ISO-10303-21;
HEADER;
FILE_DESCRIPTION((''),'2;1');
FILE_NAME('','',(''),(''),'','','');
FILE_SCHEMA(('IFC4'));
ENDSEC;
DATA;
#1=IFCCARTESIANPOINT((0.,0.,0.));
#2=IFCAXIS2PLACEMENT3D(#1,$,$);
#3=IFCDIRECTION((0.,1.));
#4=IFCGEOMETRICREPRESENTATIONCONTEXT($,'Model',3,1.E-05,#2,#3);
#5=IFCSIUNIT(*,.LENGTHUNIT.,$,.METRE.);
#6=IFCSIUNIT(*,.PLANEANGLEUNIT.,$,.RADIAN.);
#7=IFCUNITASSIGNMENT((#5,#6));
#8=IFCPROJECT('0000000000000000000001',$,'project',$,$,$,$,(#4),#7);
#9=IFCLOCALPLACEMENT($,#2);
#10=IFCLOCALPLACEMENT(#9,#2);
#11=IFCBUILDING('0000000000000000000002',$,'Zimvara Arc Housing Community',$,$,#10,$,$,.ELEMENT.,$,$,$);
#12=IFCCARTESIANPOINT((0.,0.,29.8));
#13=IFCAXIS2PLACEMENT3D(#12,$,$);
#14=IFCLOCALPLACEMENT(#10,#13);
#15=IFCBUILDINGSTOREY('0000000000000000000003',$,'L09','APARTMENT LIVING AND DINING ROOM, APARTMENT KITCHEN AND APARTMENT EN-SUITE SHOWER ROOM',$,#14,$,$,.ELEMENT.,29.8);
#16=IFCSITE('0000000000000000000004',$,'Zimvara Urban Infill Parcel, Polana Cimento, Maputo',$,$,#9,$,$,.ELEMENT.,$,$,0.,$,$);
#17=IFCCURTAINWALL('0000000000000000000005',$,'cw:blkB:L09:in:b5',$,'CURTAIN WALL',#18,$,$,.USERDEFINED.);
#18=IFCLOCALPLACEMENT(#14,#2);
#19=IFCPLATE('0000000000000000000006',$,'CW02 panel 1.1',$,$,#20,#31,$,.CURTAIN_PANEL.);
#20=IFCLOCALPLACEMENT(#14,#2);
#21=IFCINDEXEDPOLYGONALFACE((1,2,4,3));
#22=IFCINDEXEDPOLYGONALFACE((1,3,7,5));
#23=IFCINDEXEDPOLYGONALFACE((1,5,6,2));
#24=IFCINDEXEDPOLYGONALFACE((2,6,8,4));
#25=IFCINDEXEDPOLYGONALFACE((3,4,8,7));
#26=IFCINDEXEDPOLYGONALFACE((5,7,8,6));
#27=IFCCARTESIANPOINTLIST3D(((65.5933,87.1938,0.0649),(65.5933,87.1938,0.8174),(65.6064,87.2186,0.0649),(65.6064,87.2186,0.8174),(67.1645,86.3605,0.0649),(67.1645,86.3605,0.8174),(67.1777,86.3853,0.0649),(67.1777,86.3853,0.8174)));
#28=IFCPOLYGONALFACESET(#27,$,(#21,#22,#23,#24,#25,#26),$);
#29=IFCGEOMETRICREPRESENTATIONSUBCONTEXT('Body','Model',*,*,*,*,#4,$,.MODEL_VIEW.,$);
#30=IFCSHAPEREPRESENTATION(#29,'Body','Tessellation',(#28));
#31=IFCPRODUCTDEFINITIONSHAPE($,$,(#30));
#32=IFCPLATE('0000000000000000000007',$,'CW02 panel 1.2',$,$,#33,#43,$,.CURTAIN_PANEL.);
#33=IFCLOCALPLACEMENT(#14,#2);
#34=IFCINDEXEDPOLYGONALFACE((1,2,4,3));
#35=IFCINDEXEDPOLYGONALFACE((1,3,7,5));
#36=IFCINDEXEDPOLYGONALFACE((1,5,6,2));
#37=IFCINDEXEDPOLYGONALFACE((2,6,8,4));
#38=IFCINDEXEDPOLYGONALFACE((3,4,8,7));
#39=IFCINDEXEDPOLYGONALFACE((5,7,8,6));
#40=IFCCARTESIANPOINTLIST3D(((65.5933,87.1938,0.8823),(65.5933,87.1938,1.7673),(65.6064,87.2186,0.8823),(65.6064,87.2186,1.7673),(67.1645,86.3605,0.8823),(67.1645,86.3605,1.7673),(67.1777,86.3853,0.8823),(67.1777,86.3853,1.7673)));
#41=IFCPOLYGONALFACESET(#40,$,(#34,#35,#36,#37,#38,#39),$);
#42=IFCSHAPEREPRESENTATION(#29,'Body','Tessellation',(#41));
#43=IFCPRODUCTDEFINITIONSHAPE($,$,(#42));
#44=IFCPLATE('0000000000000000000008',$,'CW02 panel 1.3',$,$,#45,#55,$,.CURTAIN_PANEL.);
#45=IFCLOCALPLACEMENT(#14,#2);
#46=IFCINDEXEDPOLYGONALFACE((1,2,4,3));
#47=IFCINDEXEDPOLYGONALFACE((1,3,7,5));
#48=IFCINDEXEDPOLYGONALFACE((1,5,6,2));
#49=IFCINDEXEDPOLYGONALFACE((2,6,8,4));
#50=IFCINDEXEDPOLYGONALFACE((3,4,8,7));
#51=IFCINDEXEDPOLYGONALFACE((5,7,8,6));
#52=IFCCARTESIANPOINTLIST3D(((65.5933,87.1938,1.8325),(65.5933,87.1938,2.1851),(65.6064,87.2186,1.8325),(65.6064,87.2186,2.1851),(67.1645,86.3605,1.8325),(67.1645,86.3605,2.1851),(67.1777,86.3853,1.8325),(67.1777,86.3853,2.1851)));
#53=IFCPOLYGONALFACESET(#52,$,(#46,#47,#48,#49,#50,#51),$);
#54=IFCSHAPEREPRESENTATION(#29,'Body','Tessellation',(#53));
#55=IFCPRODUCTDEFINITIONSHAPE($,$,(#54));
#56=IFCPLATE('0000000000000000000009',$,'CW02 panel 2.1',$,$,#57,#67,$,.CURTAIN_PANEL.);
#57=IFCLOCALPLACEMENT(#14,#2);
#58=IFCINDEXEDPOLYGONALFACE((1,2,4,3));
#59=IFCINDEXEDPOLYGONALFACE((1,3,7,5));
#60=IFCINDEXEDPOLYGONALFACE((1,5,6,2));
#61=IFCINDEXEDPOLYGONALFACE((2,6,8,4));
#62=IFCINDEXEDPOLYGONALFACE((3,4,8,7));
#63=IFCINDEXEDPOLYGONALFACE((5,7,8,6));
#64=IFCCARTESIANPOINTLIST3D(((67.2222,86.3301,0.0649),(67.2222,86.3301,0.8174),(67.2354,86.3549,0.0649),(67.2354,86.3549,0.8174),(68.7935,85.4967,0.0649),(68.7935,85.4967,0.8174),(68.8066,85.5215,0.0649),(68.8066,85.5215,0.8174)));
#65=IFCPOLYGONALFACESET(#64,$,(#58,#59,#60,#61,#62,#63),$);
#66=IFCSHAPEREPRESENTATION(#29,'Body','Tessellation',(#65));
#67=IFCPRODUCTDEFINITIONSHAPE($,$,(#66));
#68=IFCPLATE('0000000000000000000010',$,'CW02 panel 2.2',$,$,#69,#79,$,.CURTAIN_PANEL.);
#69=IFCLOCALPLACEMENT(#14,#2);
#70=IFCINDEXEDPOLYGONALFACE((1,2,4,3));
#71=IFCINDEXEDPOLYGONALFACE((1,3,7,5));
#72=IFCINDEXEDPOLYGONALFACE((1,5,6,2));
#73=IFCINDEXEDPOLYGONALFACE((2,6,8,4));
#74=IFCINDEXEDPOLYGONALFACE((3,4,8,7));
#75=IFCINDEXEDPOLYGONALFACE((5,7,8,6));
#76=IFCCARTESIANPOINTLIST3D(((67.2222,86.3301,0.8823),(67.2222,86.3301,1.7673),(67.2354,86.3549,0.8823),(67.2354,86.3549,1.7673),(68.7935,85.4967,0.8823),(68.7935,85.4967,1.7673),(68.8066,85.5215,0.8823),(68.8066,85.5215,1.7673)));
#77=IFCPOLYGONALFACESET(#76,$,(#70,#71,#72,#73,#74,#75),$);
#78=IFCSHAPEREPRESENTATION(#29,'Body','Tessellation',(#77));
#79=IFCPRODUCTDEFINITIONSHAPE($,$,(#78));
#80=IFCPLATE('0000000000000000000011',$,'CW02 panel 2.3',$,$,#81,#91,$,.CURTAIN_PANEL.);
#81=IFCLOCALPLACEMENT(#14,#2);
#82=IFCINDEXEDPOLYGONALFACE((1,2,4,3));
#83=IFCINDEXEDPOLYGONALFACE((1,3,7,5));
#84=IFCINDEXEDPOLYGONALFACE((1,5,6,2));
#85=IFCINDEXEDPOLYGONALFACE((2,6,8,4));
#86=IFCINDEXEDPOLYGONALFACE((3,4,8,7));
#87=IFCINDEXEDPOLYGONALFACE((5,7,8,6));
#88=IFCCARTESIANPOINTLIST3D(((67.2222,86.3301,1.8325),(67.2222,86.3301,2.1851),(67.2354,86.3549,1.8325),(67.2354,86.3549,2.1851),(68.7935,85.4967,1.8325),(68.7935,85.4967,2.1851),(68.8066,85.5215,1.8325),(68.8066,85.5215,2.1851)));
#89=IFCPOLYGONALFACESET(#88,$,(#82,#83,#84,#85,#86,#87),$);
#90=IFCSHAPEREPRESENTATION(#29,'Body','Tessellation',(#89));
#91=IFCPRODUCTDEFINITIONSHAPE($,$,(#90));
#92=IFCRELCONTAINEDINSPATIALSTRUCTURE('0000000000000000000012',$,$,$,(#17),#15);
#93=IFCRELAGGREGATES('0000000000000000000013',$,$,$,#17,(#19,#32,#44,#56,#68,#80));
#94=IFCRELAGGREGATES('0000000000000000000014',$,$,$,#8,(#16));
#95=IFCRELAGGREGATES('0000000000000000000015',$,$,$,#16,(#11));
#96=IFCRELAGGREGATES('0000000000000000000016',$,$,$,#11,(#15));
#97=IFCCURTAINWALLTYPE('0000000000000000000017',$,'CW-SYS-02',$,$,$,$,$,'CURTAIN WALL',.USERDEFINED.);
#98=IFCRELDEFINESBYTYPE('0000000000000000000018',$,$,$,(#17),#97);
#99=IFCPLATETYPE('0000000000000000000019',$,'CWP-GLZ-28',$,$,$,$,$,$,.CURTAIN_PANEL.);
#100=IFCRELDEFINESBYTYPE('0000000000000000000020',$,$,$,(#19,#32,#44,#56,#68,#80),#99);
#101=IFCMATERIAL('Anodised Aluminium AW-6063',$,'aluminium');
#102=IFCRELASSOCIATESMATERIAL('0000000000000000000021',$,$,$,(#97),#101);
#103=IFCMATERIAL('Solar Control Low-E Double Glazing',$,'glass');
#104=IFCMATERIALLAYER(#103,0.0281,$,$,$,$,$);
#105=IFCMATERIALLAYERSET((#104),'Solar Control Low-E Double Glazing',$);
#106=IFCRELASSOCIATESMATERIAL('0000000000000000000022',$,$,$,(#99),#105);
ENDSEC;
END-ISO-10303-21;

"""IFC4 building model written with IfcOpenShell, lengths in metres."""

from ifc_helpers import new_model, si_unit, direction, frame, origin, origin_2d, place, context, subcontext, project, spatial, rectangle, extrude, material, layer, layer_set, type_object, element, aggregate, save


model = new_model("IFC4")

# Units and contexts
model_context = context("Model", 3, precision=1e-05, world=origin(), true_north=direction((0.0, 1.0)))
body_context = subcontext(model_context, "Body", "Model", "MODEL_VIEW")
ifc_project = project(units=[si_unit("LENGTHUNIT", "METRE"), si_unit("PLANEANGLEUNIT", "RADIAN")], contexts=[model_context])

# Site, building, storey
site_placement = place(None, origin())
site = spatial("IfcSite", under=ifc_project, at=site_placement, Name="Zimvara Urban Infill Parcel, Polana Cimento, Maputo", CompositionType="ELEMENT", RefElevation=0.0)
building_placement = place(site_placement, origin())
building = spatial("IfcBuilding", under=site, at=building_placement, Name="Zimvara Arc Housing Community", CompositionType="ELEMENT")
storey_placement = place(building_placement, frame((0.0, 0.0, 29.8)))
storey = spatial("IfcBuildingStorey", under=building, at=storey_placement, Name="L09", Description="APARTMENT LIVING AND DINING ROOM, APARTMENT KITCHEN AND APARTMENT EN-SUITE SHOWER ROOM", CompositionType="ELEMENT", Elevation=29.8)

# Curtain wall, plates
ifc_material_1 = material(Name="Anodised Aluminium AW-6063", Category="aluminium")
curtain_wall_type = type_object("IfcCurtainWallType", Name="CW-SYS-02", ElementType="CURTAIN WALL", PredefinedType="USERDEFINED", material=ifc_material_1)
curtain_wall_placement = place(storey_placement, origin())
curtain_wall = element("IfcCurtainWall", 1, at=curtain_wall_placement, inside=storey, type_object=curtain_wall_type, Name="cw:blkB:L09:in:b5", ObjectType="CURTAIN WALL", PredefinedType="USERDEFINED")
ifc_material_2 = material(Name="Solar Control Low-E Double Glazing", Category="glass")
ifc_layer_1 = layer(ifc_material_2, 0.0281)
ifc_layer_set_1 = layer_set([ifc_layer_1], Name="Solar Control Low-E Double Glazing")
plate_type = type_object("IfcPlateType", Name="CWP-GLZ-28", PredefinedType="CURTAIN_PANEL", material=ifc_layer_set_1)
plate_1_placement = place(storey_placement, frame((66.3855, 86.7896, 0.0649), z_axis=(0.0, 0.0, 1.0), x_axis=(0.883439, -0.468547, 0.0)))
plate_1 = element("IfcPlate", 2, at=plate_1_placement, type_object=plate_type, Name="CW02 panel 1.1", PredefinedType="CURTAIN_PANEL", context=body_context, shape_type="SweptSolid", body=[
    extrude(rectangle(XDim=1.7786, YDim=0.0281, at=origin_2d()), origin(), (0.0, 0.0, 1.0), 0.7524),
])
plate_2_placement = place(storey_placement, frame((66.3855, 86.7896, 0.8823), z_axis=(0.0, 0.0, 1.0), x_axis=(0.883439, -0.468547, 0.0)))
plate_2 = element("IfcPlate", 3, at=plate_2_placement, type_object=plate_type, Name="CW02 panel 1.2", PredefinedType="CURTAIN_PANEL", context=body_context, shape_type="SweptSolid", body=[
    extrude(rectangle(XDim=1.7786, YDim=0.0281, at=origin_2d()), origin(), (0.0, 0.0, 1.0), 0.885),
])
plate_3_placement = place(storey_placement, frame((66.3855, 86.7896, 1.8325), z_axis=(0.0, 0.0, 1.0), x_axis=(0.883439, -0.468547, 0.0)))
plate_3 = element("IfcPlate", 4, at=plate_3_placement, type_object=plate_type, Name="CW02 panel 1.3", PredefinedType="CURTAIN_PANEL", context=body_context, shape_type="SweptSolid", body=[
    extrude(rectangle(XDim=1.7786, YDim=0.0281, at=origin_2d()), origin(), (0.0, 0.0, 1.0), 0.3525),
])
plate_4_placement = place(storey_placement, frame((68.0144, 85.9258, 0.0649), z_axis=(0.0, 0.0, 1.0), x_axis=(0.883439, -0.468547, 0.0)))
plate_4 = element("IfcPlate", 5, at=plate_4_placement, type_object=plate_type, Name="CW02 panel 2.1", PredefinedType="CURTAIN_PANEL", context=body_context, shape_type="SweptSolid", body=[
    extrude(rectangle(XDim=1.7786, YDim=0.0281, at=origin_2d()), origin(), (0.0, 0.0, 1.0), 0.7524),
])
plate_5_placement = place(storey_placement, frame((68.0144, 85.9258, 0.8823), z_axis=(0.0, 0.0, 1.0), x_axis=(0.883439, -0.468547, 0.0)))
plate_5 = element("IfcPlate", 6, at=plate_5_placement, type_object=plate_type, Name="CW02 panel 2.2", PredefinedType="CURTAIN_PANEL", context=body_context, shape_type="SweptSolid", body=[
    extrude(rectangle(XDim=1.7786, YDim=0.0281, at=origin_2d()), origin(), (0.0, 0.0, 1.0), 0.885),
])
plate_6_placement = place(storey_placement, frame((68.0144, 85.9258, 1.8325), z_axis=(0.0, 0.0, 1.0), x_axis=(0.883439, -0.468547, 0.0)))
plate_6 = element("IfcPlate", 7, at=plate_6_placement, type_object=plate_type, Name="CW02 panel 2.3", PredefinedType="CURTAIN_PANEL", context=body_context, shape_type="SweptSolid", body=[
    extrude(rectangle(XDim=1.7786, YDim=0.0281, at=origin_2d()), origin(), (0.0, 0.0, 1.0), 0.3525),
])
aggregate(curtain_wall, [plate_1, plate_2, plate_3, plate_4, plate_5, plate_6])

save(model, "model.ifc")
